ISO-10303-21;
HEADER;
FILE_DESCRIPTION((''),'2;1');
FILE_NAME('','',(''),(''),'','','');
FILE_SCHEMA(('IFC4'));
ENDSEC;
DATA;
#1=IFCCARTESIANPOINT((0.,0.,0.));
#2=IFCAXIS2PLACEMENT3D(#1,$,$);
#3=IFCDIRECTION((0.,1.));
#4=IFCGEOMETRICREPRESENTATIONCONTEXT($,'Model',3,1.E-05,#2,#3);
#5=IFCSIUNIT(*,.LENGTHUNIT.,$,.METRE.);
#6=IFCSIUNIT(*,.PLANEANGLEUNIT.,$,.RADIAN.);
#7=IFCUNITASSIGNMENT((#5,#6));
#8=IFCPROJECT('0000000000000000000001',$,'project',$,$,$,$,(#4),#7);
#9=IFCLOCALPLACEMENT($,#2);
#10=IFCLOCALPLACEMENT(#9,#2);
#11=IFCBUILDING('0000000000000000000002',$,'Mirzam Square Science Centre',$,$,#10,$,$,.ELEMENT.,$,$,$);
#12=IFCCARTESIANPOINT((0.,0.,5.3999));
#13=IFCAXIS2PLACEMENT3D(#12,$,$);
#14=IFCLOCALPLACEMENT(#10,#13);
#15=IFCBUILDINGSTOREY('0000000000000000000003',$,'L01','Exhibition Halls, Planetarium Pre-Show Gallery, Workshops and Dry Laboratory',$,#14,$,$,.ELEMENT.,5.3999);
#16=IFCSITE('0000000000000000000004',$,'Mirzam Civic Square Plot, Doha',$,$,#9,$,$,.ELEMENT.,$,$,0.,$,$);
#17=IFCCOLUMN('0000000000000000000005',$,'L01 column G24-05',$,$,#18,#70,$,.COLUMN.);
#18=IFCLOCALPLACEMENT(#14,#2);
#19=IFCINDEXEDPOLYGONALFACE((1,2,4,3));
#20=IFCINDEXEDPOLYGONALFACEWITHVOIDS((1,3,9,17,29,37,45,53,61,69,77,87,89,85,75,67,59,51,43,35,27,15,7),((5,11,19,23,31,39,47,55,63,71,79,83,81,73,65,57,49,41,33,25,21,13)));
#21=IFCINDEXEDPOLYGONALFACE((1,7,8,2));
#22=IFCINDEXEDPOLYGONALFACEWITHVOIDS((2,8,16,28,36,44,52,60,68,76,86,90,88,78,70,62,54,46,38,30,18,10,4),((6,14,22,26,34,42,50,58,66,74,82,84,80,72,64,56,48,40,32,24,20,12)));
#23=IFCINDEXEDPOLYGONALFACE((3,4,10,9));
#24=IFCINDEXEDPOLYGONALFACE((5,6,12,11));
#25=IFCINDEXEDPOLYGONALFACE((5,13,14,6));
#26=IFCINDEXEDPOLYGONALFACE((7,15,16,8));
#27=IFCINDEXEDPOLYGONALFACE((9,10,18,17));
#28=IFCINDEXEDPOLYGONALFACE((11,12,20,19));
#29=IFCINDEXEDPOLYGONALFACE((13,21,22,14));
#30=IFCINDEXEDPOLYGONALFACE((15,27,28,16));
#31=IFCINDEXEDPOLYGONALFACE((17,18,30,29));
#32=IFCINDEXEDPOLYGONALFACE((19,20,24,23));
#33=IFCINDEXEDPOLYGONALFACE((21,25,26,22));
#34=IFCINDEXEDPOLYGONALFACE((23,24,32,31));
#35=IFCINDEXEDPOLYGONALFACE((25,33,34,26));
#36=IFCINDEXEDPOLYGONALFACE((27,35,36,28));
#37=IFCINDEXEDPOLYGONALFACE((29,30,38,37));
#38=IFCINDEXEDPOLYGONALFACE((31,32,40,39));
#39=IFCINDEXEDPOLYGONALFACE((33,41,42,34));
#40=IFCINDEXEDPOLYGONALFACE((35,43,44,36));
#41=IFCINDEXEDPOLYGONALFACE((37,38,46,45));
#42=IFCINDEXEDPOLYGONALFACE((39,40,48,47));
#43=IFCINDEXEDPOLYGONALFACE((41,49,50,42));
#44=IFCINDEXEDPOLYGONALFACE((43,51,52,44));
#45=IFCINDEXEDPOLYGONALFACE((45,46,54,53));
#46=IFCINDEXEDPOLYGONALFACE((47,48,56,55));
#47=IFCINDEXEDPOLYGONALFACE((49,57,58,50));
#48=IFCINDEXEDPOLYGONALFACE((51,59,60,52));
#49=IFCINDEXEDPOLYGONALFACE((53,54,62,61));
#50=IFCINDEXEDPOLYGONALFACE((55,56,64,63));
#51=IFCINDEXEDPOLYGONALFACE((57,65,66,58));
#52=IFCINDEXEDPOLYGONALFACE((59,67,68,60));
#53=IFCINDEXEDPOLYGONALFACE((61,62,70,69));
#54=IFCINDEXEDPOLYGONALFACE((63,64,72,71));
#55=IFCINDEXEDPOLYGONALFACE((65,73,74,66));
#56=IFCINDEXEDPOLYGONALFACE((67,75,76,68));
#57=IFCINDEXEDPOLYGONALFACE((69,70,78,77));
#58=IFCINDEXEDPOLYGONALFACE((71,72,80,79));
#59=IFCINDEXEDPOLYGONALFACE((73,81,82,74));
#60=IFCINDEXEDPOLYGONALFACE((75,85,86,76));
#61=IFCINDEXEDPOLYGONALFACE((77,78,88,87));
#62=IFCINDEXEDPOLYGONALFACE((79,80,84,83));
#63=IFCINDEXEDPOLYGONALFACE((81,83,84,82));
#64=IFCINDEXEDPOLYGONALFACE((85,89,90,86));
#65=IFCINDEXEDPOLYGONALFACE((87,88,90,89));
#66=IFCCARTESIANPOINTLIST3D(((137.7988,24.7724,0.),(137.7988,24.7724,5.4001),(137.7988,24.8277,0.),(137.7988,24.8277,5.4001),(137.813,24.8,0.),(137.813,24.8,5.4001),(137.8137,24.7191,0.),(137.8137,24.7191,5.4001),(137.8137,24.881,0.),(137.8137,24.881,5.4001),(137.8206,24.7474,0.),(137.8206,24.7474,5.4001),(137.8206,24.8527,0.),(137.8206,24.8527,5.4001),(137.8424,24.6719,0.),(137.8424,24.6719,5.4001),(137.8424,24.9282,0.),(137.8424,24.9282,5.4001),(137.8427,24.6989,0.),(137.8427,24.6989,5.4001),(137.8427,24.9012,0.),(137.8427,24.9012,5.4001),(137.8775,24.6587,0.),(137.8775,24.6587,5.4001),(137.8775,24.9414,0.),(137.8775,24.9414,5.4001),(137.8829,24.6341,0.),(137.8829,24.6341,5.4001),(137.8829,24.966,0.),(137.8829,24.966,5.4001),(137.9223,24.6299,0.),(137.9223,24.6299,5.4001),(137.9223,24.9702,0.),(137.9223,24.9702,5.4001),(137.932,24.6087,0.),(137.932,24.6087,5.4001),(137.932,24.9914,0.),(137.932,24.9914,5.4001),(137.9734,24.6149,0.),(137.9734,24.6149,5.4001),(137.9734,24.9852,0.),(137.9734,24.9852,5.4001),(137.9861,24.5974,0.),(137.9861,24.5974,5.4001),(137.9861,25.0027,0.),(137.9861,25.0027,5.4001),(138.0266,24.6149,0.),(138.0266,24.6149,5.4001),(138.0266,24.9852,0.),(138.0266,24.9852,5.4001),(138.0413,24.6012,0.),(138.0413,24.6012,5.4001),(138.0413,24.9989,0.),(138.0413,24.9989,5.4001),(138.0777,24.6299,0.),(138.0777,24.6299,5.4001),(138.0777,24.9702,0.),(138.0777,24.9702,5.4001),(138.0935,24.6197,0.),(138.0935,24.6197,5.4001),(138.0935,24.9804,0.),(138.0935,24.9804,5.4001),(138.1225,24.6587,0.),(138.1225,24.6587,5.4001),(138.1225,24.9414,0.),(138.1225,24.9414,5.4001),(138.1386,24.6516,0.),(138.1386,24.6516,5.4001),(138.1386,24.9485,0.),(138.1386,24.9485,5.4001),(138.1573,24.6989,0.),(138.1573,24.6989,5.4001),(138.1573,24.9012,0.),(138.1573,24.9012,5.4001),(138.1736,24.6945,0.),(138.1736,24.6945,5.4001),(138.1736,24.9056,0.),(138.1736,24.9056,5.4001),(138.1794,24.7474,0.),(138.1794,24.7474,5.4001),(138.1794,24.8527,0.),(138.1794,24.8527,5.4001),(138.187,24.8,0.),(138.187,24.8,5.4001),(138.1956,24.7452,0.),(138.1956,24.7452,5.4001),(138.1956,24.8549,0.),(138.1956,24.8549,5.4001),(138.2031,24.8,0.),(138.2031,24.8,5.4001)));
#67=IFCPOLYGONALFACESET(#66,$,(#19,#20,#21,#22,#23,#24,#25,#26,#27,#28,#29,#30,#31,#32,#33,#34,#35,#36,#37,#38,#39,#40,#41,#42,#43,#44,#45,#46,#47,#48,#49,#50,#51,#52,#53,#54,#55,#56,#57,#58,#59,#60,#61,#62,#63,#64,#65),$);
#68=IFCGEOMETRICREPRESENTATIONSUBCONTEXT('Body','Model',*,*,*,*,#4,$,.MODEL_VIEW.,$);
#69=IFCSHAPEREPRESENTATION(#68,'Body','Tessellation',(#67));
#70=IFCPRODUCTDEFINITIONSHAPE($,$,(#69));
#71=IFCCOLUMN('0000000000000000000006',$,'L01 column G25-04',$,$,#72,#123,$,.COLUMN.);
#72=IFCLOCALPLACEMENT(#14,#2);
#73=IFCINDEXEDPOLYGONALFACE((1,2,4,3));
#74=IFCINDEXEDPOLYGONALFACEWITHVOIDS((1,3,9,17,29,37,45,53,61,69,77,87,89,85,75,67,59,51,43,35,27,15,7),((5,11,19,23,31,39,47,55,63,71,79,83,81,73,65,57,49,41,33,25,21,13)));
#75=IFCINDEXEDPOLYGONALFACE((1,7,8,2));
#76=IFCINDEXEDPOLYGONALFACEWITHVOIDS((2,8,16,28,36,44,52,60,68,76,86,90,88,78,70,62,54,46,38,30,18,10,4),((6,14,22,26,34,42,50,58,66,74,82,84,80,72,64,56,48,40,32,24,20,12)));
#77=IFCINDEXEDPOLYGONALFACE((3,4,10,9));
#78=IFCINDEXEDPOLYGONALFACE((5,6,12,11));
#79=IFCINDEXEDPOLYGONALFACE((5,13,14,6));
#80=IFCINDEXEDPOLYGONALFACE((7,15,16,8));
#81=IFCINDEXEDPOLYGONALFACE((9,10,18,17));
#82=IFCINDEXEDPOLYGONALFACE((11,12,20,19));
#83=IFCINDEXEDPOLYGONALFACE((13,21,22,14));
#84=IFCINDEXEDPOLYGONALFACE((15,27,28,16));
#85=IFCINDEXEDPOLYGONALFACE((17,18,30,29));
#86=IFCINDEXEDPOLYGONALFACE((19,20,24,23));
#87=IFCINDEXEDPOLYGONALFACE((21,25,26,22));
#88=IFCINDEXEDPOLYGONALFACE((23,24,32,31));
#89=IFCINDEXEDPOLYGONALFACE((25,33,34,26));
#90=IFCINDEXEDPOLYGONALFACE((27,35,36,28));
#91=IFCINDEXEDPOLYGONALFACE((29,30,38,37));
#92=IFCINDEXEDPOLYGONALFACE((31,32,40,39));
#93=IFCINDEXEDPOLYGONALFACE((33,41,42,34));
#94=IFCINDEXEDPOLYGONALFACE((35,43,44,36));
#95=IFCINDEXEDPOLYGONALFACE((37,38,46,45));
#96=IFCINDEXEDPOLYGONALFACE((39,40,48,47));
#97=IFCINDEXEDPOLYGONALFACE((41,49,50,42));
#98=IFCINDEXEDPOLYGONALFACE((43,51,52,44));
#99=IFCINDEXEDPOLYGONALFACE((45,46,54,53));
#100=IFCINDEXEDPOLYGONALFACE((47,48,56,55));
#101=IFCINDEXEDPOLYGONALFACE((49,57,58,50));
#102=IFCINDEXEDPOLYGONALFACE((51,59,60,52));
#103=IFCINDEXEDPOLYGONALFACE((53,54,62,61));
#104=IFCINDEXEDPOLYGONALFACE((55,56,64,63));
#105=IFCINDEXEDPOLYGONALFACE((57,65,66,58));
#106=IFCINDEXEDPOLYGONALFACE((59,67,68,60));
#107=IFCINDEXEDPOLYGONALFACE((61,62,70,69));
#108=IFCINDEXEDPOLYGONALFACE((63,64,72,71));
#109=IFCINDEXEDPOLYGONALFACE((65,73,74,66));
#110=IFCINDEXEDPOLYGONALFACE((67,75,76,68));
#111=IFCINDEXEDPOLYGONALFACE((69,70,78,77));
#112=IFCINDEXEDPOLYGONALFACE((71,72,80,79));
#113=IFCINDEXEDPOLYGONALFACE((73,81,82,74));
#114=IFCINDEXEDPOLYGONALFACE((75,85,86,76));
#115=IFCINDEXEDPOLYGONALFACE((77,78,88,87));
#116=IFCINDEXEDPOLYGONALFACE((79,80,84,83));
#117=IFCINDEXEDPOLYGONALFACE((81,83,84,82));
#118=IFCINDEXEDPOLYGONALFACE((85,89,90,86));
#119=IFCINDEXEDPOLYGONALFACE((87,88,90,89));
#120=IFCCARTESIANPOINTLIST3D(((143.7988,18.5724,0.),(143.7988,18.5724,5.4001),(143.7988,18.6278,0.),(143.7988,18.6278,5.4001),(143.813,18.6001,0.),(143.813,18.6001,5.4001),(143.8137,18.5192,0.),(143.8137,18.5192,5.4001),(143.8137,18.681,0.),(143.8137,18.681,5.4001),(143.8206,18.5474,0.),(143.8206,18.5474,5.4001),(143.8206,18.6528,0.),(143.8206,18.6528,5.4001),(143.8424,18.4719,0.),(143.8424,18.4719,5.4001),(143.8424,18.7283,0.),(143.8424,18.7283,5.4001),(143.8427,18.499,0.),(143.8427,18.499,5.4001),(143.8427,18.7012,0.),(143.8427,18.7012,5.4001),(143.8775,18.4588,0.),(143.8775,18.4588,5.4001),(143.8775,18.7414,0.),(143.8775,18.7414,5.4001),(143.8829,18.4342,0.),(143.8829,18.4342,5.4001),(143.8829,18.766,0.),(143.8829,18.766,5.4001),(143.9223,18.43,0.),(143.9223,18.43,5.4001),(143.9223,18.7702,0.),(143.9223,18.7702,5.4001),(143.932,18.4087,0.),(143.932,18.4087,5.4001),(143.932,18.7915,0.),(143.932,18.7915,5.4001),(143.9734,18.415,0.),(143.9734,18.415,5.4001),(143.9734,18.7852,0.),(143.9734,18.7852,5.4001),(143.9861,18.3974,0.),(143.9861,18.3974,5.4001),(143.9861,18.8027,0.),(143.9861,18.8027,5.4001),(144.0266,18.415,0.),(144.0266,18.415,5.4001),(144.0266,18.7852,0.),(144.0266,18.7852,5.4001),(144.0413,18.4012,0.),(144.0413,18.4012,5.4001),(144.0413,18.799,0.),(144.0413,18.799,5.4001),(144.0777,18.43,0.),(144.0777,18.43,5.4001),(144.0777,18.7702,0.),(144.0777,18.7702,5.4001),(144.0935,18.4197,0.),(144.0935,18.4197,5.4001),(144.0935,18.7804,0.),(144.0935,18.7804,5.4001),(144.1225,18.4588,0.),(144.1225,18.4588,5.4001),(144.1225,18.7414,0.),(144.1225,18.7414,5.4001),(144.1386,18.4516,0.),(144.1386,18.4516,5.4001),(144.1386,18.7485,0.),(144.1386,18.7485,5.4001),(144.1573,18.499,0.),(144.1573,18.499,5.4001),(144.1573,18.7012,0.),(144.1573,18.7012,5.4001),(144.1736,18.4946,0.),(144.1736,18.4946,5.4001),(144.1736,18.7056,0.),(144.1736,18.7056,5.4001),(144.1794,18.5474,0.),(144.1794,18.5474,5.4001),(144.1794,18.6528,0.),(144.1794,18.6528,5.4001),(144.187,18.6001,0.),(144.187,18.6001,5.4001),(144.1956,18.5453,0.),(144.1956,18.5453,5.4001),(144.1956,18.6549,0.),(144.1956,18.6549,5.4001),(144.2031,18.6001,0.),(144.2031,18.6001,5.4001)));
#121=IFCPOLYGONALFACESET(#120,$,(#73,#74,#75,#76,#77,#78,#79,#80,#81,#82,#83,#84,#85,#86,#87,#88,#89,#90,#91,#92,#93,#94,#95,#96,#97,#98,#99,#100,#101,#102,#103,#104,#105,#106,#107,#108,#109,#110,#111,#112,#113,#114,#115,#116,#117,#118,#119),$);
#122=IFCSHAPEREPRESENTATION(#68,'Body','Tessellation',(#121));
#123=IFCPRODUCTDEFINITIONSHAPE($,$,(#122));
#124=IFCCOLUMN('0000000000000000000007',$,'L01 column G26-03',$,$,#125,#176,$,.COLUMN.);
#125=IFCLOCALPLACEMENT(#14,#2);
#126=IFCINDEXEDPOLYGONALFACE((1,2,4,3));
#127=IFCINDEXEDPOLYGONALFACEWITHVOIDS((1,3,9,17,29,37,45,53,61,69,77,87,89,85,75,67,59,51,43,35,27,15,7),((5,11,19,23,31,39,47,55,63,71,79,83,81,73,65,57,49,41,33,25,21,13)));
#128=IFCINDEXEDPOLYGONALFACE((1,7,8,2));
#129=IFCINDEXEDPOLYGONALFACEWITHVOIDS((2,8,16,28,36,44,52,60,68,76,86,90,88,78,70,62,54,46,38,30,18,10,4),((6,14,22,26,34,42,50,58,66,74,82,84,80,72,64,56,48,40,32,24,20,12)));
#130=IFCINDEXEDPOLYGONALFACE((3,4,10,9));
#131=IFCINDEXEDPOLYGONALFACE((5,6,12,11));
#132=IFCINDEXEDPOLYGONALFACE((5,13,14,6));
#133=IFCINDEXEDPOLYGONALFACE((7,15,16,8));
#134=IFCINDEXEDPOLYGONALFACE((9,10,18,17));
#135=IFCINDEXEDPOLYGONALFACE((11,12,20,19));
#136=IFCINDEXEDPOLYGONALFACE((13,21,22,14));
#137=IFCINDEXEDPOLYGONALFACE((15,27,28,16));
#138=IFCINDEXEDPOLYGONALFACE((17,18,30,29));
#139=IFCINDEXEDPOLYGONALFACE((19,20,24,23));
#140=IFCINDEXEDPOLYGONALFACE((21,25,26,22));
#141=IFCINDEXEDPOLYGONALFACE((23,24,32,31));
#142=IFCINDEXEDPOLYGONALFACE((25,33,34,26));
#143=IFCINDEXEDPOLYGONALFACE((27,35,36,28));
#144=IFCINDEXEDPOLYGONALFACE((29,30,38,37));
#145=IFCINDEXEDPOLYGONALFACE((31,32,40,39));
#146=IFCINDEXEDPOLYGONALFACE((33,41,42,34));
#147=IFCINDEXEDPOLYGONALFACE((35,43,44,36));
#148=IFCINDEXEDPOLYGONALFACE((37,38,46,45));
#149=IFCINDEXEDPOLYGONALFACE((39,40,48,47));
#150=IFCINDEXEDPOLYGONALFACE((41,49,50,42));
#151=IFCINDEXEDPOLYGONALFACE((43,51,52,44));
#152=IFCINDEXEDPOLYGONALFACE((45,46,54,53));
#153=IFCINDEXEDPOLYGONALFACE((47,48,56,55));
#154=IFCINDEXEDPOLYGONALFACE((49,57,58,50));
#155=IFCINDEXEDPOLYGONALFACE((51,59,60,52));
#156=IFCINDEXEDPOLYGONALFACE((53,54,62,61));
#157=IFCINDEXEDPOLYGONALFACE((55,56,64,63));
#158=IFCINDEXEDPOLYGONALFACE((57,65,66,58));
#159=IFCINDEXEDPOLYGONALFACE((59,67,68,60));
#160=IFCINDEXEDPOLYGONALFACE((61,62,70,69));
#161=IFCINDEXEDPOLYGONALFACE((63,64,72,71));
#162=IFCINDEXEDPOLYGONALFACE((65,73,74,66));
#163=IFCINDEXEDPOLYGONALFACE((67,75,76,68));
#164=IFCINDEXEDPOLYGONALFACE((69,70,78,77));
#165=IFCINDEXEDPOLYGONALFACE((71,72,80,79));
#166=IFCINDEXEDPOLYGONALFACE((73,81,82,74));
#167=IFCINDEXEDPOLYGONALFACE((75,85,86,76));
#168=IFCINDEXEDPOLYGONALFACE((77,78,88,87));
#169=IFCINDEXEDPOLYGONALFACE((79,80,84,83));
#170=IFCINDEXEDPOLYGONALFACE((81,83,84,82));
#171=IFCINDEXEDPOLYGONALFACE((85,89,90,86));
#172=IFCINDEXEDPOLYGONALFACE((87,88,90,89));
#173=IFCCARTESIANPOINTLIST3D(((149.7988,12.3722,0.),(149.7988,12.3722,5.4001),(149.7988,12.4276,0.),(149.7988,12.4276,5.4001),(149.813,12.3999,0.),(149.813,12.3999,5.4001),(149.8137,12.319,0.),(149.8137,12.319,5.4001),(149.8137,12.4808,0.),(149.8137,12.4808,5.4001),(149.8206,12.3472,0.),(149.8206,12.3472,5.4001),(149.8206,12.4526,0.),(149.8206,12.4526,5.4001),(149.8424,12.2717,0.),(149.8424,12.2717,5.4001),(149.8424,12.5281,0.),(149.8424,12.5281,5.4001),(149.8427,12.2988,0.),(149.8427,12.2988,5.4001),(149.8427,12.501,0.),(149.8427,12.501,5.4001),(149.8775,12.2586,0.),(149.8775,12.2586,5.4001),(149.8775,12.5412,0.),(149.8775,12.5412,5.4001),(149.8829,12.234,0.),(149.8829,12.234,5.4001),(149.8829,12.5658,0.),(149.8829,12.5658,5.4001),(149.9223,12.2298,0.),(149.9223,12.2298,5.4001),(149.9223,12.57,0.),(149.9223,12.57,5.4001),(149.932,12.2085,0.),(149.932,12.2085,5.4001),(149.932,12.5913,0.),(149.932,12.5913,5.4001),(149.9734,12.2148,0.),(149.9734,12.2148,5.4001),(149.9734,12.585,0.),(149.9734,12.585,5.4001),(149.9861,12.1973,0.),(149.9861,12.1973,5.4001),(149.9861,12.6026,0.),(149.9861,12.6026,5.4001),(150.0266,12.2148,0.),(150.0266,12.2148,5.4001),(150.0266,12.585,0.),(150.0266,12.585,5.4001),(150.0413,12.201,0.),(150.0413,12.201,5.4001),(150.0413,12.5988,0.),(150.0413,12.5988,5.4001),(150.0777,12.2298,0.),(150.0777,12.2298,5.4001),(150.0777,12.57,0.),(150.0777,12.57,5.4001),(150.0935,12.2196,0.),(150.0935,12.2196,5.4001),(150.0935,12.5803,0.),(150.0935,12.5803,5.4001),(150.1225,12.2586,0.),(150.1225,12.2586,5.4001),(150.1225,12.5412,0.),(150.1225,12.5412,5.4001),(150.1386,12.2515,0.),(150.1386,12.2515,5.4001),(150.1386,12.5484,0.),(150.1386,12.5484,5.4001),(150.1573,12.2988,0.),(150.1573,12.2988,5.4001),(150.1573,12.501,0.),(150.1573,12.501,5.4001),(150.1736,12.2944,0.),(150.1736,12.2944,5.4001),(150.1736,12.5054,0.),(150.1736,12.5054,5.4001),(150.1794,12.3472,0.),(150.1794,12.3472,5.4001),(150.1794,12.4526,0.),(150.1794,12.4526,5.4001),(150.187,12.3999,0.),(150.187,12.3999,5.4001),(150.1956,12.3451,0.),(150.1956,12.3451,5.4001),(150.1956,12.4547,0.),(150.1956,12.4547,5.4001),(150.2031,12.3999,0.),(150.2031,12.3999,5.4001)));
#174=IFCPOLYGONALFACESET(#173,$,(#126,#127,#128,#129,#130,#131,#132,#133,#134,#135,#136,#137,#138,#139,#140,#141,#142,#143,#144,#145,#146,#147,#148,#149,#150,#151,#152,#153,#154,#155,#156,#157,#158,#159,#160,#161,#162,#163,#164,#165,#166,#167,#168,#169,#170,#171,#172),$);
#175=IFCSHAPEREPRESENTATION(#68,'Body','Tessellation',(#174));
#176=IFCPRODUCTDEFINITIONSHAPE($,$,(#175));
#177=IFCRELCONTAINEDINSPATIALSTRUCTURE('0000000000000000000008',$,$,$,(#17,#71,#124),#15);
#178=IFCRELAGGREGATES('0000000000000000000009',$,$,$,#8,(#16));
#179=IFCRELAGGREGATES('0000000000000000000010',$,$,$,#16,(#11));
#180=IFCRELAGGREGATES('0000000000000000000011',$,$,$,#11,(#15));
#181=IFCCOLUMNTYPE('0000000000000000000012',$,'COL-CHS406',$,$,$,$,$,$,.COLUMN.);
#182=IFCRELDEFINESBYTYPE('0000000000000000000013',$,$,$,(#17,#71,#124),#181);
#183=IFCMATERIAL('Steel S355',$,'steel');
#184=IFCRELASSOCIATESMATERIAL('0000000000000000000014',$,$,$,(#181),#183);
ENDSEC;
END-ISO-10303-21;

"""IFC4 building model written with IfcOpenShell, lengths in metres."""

from ifc_helpers import new_model, si_unit, direction, frame, origin, origin_2d, place, context, subcontext, project, spatial, hollow_circle, extrude, material, material_profile, profile_set, type_object, element, save


model = new_model("IFC4")

# Units and contexts
model_context = context("Model", 3, precision=1e-05, world=origin(), true_north=direction((0.0, 1.0)))
body_context = subcontext(model_context, "Body", "Model", "MODEL_VIEW")
ifc_project = project(units=[si_unit("LENGTHUNIT", "METRE"), si_unit("PLANEANGLEUNIT", "RADIAN")], contexts=[model_context])

# Site, building, storey
site_placement = place(None, origin())
site = spatial("IfcSite", under=ifc_project, at=site_placement, Name="Mirzam Civic Square Plot, Doha", CompositionType="ELEMENT", RefElevation=0.0)
building_placement = place(site_placement, origin())
building = spatial("IfcBuilding", under=site, at=building_placement, Name="Mirzam Square Science Centre", CompositionType="ELEMENT")
storey_placement = place(building_placement, frame((0.0, 0.0, 5.3999)))
storey = spatial("IfcBuildingStorey", under=building, at=storey_placement, Name="L01", Description="Exhibition Halls, Planetarium Pre-Show Gallery, Workshops and Dry Laboratory", CompositionType="ELEMENT", Elevation=5.3999)

# Columns
ifc_material_1 = material(Name="Steel S355", Category="steel")
ifc_material_profile_1 = material_profile(ifc_material_1, hollow_circle(Radius=0.2031, WallThickness=0.0161, at=origin_2d()), Name="406.4x16.0CHS")
ifc_profile_set_1 = profile_set([ifc_material_profile_1], Name="Steel S355")
column_type_1 = type_object("IfcColumnType", Name="COL-CHS406", PredefinedType="COLUMN", material=ifc_profile_set_1)
for number, where, z_axis, x_axis, name in (
    (1, (138.0, 24.8, 0.0), (0.0, 0.0, 1.0), (1.0, 0.0, 0.0), "L01 column G24-05"),
    (2, (144.0, 18.6001, 0.0), (0.0, 0.0, 1.0), (1.0, 0.0, 0.0), "L01 column G25-04"),
    (3, (150.0, 12.3999, 0.0), (0.0, 0.0, 1.0), (1.0, 0.0, 0.0), "L01 column G26-03"),
):
    element("IfcColumn", number, at=place(storey_placement, frame(where, z_axis=z_axis, x_axis=x_axis)), inside=storey, type_object=column_type_1, Name=name, PredefinedType="COLUMN", context=body_context, shape_type="SweptSolid", body=[
        extrude(hollow_circle(Radius=0.2031, WallThickness=0.0161, at=origin_2d()), origin(), (0.0, 0.0, 1.0), 5.4001),
    ])

save(model, "model.ifc")
